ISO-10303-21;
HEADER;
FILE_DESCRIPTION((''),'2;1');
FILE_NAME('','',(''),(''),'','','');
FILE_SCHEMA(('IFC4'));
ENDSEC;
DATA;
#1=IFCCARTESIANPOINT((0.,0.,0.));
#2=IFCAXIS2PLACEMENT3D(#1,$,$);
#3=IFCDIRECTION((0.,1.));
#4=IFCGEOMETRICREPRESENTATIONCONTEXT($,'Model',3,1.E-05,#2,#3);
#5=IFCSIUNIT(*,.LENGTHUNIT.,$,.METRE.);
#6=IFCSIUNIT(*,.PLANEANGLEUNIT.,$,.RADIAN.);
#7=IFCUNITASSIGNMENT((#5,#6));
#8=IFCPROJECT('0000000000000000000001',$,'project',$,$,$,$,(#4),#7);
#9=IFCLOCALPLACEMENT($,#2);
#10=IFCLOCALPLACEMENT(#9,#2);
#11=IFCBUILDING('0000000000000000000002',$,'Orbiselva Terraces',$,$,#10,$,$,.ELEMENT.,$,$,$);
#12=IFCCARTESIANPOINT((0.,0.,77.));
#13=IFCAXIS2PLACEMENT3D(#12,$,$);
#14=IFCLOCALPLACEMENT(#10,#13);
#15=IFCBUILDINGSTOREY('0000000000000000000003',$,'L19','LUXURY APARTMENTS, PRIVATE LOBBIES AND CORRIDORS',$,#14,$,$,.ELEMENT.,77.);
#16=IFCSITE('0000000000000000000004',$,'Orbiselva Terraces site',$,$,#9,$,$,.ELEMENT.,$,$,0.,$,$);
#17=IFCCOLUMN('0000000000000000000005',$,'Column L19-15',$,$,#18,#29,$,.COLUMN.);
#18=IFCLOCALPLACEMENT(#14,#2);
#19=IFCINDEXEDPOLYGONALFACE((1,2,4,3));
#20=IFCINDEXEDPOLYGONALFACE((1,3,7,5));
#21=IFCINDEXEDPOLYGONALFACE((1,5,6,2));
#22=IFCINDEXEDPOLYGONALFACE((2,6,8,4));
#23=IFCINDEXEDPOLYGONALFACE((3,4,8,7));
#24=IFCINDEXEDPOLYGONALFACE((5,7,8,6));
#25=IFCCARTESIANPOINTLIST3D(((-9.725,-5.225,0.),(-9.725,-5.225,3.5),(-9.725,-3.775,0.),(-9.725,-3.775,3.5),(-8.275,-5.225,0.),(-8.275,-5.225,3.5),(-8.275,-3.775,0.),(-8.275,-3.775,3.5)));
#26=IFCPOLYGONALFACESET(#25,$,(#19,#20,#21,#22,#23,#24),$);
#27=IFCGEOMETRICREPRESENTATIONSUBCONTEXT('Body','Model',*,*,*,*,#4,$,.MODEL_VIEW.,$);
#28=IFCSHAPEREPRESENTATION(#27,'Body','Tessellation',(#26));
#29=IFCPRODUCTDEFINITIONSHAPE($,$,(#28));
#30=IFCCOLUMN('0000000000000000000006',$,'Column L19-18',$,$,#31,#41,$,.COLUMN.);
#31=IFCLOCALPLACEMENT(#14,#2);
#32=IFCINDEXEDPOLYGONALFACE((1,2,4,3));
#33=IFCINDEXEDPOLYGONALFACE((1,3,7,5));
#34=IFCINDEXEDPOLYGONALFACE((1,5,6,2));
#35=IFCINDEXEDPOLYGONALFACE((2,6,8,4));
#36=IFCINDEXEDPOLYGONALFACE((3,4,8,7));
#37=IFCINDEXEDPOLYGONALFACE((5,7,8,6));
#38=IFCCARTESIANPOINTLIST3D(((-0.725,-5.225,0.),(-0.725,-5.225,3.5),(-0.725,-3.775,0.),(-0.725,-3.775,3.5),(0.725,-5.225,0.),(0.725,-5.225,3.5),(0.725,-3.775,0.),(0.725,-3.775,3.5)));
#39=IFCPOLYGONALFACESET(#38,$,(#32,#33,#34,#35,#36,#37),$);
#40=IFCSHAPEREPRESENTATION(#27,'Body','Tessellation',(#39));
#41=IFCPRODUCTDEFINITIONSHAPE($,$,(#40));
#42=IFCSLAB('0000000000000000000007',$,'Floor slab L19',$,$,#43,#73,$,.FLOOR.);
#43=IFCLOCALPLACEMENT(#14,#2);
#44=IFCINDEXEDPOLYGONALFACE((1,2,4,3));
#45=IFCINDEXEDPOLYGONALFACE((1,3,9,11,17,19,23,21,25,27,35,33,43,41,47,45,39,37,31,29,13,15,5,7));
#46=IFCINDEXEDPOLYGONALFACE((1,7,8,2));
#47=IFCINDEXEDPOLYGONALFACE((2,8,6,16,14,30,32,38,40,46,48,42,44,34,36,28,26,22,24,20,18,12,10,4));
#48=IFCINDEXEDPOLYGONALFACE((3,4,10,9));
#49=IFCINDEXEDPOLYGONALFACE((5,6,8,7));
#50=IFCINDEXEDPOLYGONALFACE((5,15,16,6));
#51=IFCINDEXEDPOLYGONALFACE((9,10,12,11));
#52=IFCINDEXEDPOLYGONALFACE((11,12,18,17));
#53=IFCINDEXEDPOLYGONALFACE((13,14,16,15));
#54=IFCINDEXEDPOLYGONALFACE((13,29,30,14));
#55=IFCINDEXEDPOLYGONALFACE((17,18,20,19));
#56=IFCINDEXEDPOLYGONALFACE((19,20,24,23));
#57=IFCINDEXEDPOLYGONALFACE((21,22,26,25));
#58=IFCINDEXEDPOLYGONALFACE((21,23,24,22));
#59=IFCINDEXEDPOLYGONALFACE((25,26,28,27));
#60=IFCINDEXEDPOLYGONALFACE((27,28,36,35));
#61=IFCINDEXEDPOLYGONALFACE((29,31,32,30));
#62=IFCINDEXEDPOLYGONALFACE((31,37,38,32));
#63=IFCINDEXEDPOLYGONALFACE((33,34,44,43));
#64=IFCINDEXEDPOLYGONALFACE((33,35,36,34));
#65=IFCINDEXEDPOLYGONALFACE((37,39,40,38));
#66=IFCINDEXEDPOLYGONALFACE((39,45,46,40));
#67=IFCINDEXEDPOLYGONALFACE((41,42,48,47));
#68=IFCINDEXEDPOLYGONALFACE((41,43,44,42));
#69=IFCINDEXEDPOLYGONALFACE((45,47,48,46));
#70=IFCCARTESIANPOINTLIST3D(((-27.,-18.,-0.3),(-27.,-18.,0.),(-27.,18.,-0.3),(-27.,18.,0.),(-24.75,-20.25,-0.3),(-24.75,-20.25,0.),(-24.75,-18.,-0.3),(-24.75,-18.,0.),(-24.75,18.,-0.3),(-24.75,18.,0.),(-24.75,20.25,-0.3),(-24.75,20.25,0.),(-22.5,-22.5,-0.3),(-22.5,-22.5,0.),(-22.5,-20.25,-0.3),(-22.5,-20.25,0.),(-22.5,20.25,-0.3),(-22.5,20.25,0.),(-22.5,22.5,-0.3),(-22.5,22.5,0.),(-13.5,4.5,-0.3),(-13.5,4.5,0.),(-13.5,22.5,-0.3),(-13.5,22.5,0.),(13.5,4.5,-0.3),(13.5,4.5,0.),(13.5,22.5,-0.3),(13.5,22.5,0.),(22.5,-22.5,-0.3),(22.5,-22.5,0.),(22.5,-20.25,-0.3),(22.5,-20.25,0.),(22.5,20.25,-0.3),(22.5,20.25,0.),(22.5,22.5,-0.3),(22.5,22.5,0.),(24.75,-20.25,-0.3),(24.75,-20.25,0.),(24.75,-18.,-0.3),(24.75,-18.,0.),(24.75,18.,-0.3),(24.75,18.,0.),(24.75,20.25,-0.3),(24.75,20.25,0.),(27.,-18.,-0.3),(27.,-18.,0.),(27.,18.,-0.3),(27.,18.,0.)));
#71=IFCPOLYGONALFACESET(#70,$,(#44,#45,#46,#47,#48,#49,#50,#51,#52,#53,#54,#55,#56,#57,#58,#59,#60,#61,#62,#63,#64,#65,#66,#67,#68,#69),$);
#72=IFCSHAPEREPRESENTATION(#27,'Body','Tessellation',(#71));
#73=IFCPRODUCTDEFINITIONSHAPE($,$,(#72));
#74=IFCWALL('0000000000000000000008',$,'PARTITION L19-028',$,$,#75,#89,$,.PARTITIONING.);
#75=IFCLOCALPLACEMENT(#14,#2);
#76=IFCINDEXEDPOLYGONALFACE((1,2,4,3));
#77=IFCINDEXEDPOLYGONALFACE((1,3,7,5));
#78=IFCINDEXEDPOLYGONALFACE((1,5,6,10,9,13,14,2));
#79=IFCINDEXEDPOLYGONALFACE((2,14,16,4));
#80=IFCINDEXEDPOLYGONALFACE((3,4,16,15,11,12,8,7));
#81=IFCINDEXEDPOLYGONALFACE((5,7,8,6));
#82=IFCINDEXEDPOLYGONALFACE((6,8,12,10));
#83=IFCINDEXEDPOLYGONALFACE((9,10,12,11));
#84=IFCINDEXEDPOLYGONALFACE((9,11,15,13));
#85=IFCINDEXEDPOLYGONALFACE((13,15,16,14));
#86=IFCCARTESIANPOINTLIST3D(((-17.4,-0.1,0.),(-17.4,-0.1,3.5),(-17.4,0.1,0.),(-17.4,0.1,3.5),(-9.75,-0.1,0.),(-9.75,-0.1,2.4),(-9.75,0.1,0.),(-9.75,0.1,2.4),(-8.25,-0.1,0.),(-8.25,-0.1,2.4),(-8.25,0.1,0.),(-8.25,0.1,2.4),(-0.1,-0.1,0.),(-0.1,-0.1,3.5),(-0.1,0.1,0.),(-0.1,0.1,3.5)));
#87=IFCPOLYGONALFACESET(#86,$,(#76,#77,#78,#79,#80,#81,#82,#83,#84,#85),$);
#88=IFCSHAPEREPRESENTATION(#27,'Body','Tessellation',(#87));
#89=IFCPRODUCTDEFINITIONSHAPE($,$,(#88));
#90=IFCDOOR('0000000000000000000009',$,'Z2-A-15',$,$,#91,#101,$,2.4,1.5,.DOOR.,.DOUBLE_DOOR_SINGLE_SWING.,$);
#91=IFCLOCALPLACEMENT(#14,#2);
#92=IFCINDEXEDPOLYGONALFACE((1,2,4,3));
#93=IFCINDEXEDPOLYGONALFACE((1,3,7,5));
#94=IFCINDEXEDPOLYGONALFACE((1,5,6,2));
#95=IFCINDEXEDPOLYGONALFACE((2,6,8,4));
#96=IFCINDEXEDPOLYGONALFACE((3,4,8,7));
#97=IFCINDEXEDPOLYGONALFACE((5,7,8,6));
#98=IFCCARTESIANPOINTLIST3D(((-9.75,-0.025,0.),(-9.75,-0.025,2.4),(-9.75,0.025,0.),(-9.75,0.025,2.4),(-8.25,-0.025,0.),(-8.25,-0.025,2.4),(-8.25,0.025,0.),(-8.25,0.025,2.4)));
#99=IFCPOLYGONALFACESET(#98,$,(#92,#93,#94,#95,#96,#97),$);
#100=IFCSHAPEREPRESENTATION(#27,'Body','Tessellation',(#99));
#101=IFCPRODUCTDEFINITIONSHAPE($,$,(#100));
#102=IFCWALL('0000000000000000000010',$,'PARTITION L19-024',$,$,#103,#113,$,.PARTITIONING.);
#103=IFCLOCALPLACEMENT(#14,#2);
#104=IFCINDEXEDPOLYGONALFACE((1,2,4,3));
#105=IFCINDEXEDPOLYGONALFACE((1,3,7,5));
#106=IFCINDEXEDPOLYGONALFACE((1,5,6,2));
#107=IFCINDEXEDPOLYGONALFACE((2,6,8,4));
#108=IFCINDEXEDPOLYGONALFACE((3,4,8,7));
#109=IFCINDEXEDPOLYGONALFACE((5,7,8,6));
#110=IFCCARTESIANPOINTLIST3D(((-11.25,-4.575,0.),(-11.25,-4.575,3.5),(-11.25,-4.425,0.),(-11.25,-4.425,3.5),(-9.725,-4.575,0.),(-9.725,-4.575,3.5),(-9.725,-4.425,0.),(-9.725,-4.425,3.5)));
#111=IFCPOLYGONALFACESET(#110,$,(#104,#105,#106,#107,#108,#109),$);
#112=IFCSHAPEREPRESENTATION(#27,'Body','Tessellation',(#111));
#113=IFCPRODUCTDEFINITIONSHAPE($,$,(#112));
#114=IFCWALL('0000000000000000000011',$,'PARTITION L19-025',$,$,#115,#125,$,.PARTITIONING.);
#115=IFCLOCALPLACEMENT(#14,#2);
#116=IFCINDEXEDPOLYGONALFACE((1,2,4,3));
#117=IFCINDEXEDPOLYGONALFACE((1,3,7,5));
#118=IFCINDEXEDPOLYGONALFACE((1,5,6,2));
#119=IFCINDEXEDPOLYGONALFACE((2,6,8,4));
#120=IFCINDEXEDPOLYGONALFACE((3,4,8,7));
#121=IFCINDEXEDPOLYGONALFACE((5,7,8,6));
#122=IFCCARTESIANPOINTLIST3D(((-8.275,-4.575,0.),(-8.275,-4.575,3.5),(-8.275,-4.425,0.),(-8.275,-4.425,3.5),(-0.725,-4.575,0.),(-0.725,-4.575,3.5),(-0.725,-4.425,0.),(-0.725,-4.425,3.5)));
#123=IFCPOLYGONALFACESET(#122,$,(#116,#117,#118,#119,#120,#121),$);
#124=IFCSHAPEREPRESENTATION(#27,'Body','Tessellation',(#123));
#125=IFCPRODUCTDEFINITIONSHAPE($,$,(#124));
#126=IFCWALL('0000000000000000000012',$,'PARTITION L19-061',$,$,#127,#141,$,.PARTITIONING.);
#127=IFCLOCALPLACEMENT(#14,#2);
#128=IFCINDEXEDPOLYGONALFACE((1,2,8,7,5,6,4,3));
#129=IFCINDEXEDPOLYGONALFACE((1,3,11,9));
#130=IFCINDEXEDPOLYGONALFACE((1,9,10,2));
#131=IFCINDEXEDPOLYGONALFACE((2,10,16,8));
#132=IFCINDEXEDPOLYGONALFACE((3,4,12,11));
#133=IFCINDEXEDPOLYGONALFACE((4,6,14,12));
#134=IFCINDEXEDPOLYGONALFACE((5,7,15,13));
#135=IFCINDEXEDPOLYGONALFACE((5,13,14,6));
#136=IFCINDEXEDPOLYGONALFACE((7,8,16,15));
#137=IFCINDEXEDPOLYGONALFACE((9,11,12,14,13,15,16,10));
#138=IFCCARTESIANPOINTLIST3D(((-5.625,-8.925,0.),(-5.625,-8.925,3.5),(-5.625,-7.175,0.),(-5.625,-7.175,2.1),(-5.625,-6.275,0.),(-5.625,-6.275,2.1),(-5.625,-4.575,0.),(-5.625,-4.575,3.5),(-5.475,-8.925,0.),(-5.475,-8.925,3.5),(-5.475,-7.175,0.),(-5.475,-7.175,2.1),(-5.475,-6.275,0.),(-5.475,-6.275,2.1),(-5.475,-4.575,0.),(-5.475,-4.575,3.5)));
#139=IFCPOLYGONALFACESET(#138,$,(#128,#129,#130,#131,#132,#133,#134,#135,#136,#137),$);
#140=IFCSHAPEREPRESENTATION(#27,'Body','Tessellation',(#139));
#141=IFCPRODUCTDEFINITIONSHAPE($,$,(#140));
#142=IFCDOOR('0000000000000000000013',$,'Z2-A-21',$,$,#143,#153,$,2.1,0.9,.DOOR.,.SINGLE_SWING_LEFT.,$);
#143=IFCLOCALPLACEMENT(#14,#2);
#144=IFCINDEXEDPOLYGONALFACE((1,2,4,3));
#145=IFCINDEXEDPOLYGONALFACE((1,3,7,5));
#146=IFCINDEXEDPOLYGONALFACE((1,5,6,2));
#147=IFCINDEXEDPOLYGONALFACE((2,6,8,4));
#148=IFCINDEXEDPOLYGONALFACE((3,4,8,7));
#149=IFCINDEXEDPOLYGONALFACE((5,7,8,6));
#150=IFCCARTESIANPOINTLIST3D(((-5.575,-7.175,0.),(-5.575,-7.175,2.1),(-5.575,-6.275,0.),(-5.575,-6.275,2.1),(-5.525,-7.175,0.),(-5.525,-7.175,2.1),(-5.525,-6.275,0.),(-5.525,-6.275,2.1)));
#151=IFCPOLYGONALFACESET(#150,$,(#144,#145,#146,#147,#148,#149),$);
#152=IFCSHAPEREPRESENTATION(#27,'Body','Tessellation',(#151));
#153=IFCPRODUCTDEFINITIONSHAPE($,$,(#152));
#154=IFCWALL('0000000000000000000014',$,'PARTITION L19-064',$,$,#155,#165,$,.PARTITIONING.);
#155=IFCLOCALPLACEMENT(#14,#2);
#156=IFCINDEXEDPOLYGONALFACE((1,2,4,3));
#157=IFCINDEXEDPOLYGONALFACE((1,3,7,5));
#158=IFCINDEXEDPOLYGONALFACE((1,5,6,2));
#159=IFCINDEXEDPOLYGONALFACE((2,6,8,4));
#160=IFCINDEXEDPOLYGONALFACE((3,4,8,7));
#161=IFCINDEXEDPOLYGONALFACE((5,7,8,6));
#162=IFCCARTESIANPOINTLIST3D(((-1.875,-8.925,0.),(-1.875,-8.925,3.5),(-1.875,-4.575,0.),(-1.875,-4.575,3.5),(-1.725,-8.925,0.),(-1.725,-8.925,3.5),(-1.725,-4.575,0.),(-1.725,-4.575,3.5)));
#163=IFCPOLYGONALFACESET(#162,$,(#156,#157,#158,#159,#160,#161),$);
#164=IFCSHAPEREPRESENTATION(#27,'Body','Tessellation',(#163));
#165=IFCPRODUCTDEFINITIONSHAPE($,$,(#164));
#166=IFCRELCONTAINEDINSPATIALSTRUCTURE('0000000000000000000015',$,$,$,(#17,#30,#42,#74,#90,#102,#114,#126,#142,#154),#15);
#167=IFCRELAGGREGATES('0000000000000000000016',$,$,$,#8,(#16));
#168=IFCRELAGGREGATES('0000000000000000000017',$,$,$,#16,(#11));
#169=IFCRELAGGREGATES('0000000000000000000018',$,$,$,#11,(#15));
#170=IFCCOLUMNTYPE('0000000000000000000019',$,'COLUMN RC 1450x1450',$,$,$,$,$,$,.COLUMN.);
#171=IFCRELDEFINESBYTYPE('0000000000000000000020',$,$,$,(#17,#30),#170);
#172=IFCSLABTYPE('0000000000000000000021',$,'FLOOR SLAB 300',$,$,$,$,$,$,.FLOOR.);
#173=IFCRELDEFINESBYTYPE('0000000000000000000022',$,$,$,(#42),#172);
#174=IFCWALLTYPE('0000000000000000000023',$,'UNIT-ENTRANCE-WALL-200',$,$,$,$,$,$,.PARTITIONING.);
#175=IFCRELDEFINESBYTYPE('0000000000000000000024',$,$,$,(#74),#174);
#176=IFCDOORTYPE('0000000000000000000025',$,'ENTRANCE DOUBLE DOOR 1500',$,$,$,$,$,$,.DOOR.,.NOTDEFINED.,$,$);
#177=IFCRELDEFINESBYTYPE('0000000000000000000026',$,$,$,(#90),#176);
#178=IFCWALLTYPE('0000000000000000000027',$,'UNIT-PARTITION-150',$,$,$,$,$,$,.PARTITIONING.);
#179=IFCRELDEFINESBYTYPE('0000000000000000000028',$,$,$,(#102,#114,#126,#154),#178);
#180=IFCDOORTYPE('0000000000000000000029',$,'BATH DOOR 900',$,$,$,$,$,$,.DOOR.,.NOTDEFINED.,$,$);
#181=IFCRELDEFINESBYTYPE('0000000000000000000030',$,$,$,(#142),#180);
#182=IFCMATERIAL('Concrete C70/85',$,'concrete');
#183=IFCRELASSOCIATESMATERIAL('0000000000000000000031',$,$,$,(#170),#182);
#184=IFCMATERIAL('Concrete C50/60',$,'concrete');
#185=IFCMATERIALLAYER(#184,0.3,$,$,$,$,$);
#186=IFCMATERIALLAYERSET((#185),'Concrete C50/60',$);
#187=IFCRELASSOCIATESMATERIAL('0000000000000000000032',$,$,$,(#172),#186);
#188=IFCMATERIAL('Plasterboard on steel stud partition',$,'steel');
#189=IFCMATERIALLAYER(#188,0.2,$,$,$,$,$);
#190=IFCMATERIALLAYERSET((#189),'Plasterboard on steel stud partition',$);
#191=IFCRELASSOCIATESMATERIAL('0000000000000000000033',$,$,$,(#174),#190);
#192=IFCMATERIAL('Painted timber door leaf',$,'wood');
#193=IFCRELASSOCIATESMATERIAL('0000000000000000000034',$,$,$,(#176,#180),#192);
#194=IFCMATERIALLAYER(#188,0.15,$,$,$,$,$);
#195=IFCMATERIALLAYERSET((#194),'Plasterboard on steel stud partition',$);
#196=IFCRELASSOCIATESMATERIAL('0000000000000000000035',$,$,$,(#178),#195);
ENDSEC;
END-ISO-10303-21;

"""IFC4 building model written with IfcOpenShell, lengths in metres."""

from ifc_helpers import new_model, si_unit, direction, frame, frame_2d, origin, origin_2d, place, context, subcontext, project, spatial, polyline, rectangle, outline, extrude, material, layer, layer_set, material_profile, profile_set, type_object, element, fill, save


model = new_model("IFC4")

# Units and contexts
model_context = context("Model", 3, precision=1e-05, world=origin(), true_north=direction((0.0, 1.0)))
body_context = subcontext(model_context, "Body", "Model", "MODEL_VIEW")
ifc_project = project(units=[si_unit("LENGTHUNIT", "METRE"), si_unit("PLANEANGLEUNIT", "RADIAN")], contexts=[model_context])

# Site, building, storey
site_placement = place(None, origin())
site = spatial("IfcSite", under=ifc_project, at=site_placement, Name="Orbiselva Terraces site", CompositionType="ELEMENT", RefElevation=0.0)
building_placement = place(site_placement, origin())
building = spatial("IfcBuilding", under=site, at=building_placement, Name="Orbiselva Terraces", CompositionType="ELEMENT")
storey_placement = place(building_placement, frame((0.0, 0.0, 77.0)))
storey = spatial("IfcBuildingStorey", under=building, at=storey_placement, Name="L19", Description="LUXURY APARTMENTS, PRIVATE LOBBIES AND CORRIDORS", CompositionType="ELEMENT", Elevation=77.0)

# Columns
ifc_material_1 = material(Name="Concrete C70/85", Category="concrete")
ifc_material_profile = material_profile(ifc_material_1, rectangle(XDim=1.45, YDim=1.45, at=origin_2d()), Name="RC 1450x1450")
ifc_profile_set = profile_set([ifc_material_profile], Name="Concrete C70/85")
column_type = type_object("IfcColumnType", Name="COLUMN RC 1450x1450", PredefinedType="COLUMN", material=ifc_profile_set)
for number, where, z_axis, x_axis, name in (
    (1, (-9.0, -4.5, 0.0), (0.0, 0.0, 1.0), (1.0, 0.0, 0.0), "Column L19-15"),
    (2, (0.0, -4.5, 0.0), (0.0, 0.0, 1.0), (1.0, 0.0, 0.0), "Column L19-18"),
):
    element("IfcColumn", number, at=place(storey_placement, frame(where, z_axis=z_axis, x_axis=x_axis)), inside=storey, type_object=column_type, Name=name, PredefinedType="COLUMN", context=body_context, shape_type="SweptSolid", body=[
        extrude(rectangle(XDim=1.45, YDim=1.45, at=origin_2d()), origin(), (0.0, 0.0, 1.0), 3.5),
    ])

# Slab
ifc_material_2 = material(Name="Concrete C50/60", Category="concrete")
ifc_layer_1 = layer(ifc_material_2, 0.3)
ifc_layer_set_1 = layer_set([ifc_layer_1], Name="Concrete C50/60")
slab_type = type_object("IfcSlabType", Name="FLOOR SLAB 300", PredefinedType="FLOOR", material=ifc_layer_set_1)
slab_placement = place(storey_placement, frame((0.0, 0.0, -0.3)))
element("IfcSlab", 3, at=slab_placement, inside=storey, type_object=slab_type, Name="Floor slab L19", PredefinedType="FLOOR", context=body_context, shape_type="SweptSolid", body=[
    extrude(outline(polyline([(22.5, 22.5), (22.5, 20.25), (24.75, 20.25), (24.75, 18.0), (27.0, 18.0), (27.0, -18.0), (24.75, -18.0), (24.75, -20.25), (22.5, -20.25), (22.5, -22.5), (-22.5, -22.5), (-22.5, -20.25), (-24.75, -20.25), (-24.75, -18.0), (-27.0, -18.0), (-27.0, 18.0), (-24.75, 18.0), (-24.75, 20.25), (-22.5, 20.25), (-22.5, 22.5), (-13.5, 22.5), (-13.5, 4.5), (13.5, 4.5), (13.5, 22.5), (22.5, 22.5)])), origin(), (0.0, 0.0, 1.0), 0.3),
])

# Wall, opening, door
ifc_material_3 = material(Name="Plasterboard on steel stud partition", Category="steel")
ifc_layer_2 = layer(ifc_material_3, 0.2)
ifc_layer_set_2 = layer_set([ifc_layer_2], Name="Plasterboard on steel stud partition")
wall_type_1 = type_object("IfcWallType", Name="UNIT-ENTRANCE-WALL-200", PredefinedType="PARTITIONING", material=ifc_layer_set_2)
wall_1_placement = place(storey_placement, frame((-0.1, 0.0, 0.0), z_axis=(0.0, 0.0, 1.0), x_axis=(-1.0, 0.0, 0.0)))
wall_1 = element("IfcWall", 4, at=wall_1_placement, inside=storey, type_object=wall_type_1, Name="PARTITION L19-028", PredefinedType="PARTITIONING", context=body_context, shape_type="SweptSolid", body=[
    extrude(rectangle(XDim=17.3, YDim=0.2, at=frame_2d((8.65, 0.0))), origin(), (0.0, 0.0, 1.0), 3.5),
])
opening_1_placement = place(wall_1_placement, frame((8.15, 0.0, 0.0)))
opening_1 = element("IfcOpeningElement", 5, at=opening_1_placement, cuts=wall_1, PredefinedType="OPENING", context=body_context, shape_type="SweptSolid", body=[
    extrude(rectangle(XDim=1.5, YDim=2.4, at=frame_2d((0.75, 1.2))), frame((0.0, 0.11, 0.0), z_axis=(0.0, -1.0, 0.0), x_axis=(1.0, 0.0, 0.0)), (0.0, 0.0, 1.0), 0.22),
])
ifc_material_4 = material(Name="Painted timber door leaf", Category="wood")
door_type_1 = type_object("IfcDoorType", Name="ENTRANCE DOUBLE DOOR 1500", OperationType="NOTDEFINED", PredefinedType="DOOR", material=ifc_material_4)
door_1_placement = place(opening_1_placement, origin())
door_1 = element("IfcDoor", 6, at=door_1_placement, inside=storey, type_object=door_type_1, Name="Z2-A-15", OperationType="DOUBLE_DOOR_SINGLE_SWING", OverallHeight=2.4, OverallWidth=1.5, PredefinedType="DOOR", context=body_context, shape_type="SweptSolid", body=[
    extrude(rectangle(XDim=1.5, YDim=2.4, at=frame_2d((0.75, 1.2))), frame((0.0, 0.025, 0.0), z_axis=(0.0, -1.0, 0.0), x_axis=(1.0, 0.0, 0.0)), (0.0, 0.0, 1.0), 0.05),
])
fill(opening_1, door_1)

# Walls
ifc_layer_3 = layer(ifc_material_3, 0.15)
ifc_layer_set_3 = layer_set([ifc_layer_3], Name="Plasterboard on steel stud partition")
wall_type_2 = type_object("IfcWallType", Name="UNIT-PARTITION-150", PredefinedType="PARTITIONING", material=ifc_layer_set_3)
wall_2_placement = place(storey_placement, frame((-11.25, -4.5, 0.0), z_axis=(0.0, 0.0, 1.0), x_axis=(1.0, 0.0, 0.0)))
element("IfcWall", 7, at=wall_2_placement, inside=storey, type_object=wall_type_2, Name="PARTITION L19-024", PredefinedType="PARTITIONING", context=body_context, shape_type="SweptSolid", body=[
    extrude(rectangle(XDim=1.525, YDim=0.15, at=frame_2d((0.7625, 0.0))), origin(), (0.0, 0.0, 1.0), 3.5),
])
wall_3_placement = place(storey_placement, frame((-8.275, -4.5, 0.0), z_axis=(0.0, 0.0, 1.0), x_axis=(1.0, 0.0, 0.0)))
element("IfcWall", 8, at=wall_3_placement, inside=storey, type_object=wall_type_2, Name="PARTITION L19-025", PredefinedType="PARTITIONING", context=body_context, shape_type="SweptSolid", body=[
    extrude(rectangle(XDim=7.55, YDim=0.15, at=frame_2d((3.775, 0.0))), origin(), (0.0, 0.0, 1.0), 3.5),
])

# Wall, opening, door
wall_4_placement = place(storey_placement, frame((-5.55, -4.575, 0.0), z_axis=(0.0, 0.0, 1.0), x_axis=(0.0, -1.0, 0.0)))
wall_4 = element("IfcWall", 9, at=wall_4_placement, inside=storey, type_object=wall_type_2, Name="PARTITION L19-061", PredefinedType="PARTITIONING", context=body_context, shape_type="SweptSolid", body=[
    extrude(rectangle(XDim=4.35, YDim=0.15, at=frame_2d((2.175, 0.0))), origin(), (0.0, 0.0, 1.0), 3.5),
])
opening_2_placement = place(wall_4_placement, frame((1.7, 0.0, 0.0)))
opening_2 = element("IfcOpeningElement", 10, at=opening_2_placement, cuts=wall_4, PredefinedType="OPENING", context=body_context, shape_type="SweptSolid", body=[
    extrude(rectangle(XDim=0.9, YDim=2.1, at=frame_2d((0.45, 1.05))), frame((0.0, 0.085, 0.0), z_axis=(0.0, -1.0, 0.0), x_axis=(1.0, 0.0, 0.0)), (0.0, 0.0, 1.0), 0.17),
])
door_type_2 = type_object("IfcDoorType", Name="BATH DOOR 900", OperationType="NOTDEFINED", PredefinedType="DOOR", material=ifc_material_4)
door_2_placement = place(opening_2_placement, origin())
door_2 = element("IfcDoor", 11, at=door_2_placement, inside=storey, type_object=door_type_2, Name="Z2-A-21", OperationType="SINGLE_SWING_LEFT", OverallHeight=2.1, OverallWidth=0.9, PredefinedType="DOOR", context=body_context, shape_type="SweptSolid", body=[
    extrude(rectangle(XDim=0.9, YDim=2.1, at=frame_2d((0.45, 1.05))), frame((0.0, 0.025, 0.0), z_axis=(0.0, -1.0, 0.0), x_axis=(1.0, 0.0, 0.0)), (0.0, 0.0, 1.0), 0.05),
])
fill(opening_2, door_2)

# Wall
wall_5_placement = place(storey_placement, frame((-1.8, -8.925, 0.0), z_axis=(0.0, 0.0, 1.0), x_axis=(0.0, 1.0, 0.0)))
element("IfcWall", 12, at=wall_5_placement, inside=storey, type_object=wall_type_2, Name="PARTITION L19-064", PredefinedType="PARTITIONING", context=body_context, shape_type="SweptSolid", body=[
    extrude(rectangle(XDim=4.35, YDim=0.15, at=frame_2d((2.175, 0.0))), origin(), (0.0, 0.0, 1.0), 3.5),
])

save(model, "model.ifc")
